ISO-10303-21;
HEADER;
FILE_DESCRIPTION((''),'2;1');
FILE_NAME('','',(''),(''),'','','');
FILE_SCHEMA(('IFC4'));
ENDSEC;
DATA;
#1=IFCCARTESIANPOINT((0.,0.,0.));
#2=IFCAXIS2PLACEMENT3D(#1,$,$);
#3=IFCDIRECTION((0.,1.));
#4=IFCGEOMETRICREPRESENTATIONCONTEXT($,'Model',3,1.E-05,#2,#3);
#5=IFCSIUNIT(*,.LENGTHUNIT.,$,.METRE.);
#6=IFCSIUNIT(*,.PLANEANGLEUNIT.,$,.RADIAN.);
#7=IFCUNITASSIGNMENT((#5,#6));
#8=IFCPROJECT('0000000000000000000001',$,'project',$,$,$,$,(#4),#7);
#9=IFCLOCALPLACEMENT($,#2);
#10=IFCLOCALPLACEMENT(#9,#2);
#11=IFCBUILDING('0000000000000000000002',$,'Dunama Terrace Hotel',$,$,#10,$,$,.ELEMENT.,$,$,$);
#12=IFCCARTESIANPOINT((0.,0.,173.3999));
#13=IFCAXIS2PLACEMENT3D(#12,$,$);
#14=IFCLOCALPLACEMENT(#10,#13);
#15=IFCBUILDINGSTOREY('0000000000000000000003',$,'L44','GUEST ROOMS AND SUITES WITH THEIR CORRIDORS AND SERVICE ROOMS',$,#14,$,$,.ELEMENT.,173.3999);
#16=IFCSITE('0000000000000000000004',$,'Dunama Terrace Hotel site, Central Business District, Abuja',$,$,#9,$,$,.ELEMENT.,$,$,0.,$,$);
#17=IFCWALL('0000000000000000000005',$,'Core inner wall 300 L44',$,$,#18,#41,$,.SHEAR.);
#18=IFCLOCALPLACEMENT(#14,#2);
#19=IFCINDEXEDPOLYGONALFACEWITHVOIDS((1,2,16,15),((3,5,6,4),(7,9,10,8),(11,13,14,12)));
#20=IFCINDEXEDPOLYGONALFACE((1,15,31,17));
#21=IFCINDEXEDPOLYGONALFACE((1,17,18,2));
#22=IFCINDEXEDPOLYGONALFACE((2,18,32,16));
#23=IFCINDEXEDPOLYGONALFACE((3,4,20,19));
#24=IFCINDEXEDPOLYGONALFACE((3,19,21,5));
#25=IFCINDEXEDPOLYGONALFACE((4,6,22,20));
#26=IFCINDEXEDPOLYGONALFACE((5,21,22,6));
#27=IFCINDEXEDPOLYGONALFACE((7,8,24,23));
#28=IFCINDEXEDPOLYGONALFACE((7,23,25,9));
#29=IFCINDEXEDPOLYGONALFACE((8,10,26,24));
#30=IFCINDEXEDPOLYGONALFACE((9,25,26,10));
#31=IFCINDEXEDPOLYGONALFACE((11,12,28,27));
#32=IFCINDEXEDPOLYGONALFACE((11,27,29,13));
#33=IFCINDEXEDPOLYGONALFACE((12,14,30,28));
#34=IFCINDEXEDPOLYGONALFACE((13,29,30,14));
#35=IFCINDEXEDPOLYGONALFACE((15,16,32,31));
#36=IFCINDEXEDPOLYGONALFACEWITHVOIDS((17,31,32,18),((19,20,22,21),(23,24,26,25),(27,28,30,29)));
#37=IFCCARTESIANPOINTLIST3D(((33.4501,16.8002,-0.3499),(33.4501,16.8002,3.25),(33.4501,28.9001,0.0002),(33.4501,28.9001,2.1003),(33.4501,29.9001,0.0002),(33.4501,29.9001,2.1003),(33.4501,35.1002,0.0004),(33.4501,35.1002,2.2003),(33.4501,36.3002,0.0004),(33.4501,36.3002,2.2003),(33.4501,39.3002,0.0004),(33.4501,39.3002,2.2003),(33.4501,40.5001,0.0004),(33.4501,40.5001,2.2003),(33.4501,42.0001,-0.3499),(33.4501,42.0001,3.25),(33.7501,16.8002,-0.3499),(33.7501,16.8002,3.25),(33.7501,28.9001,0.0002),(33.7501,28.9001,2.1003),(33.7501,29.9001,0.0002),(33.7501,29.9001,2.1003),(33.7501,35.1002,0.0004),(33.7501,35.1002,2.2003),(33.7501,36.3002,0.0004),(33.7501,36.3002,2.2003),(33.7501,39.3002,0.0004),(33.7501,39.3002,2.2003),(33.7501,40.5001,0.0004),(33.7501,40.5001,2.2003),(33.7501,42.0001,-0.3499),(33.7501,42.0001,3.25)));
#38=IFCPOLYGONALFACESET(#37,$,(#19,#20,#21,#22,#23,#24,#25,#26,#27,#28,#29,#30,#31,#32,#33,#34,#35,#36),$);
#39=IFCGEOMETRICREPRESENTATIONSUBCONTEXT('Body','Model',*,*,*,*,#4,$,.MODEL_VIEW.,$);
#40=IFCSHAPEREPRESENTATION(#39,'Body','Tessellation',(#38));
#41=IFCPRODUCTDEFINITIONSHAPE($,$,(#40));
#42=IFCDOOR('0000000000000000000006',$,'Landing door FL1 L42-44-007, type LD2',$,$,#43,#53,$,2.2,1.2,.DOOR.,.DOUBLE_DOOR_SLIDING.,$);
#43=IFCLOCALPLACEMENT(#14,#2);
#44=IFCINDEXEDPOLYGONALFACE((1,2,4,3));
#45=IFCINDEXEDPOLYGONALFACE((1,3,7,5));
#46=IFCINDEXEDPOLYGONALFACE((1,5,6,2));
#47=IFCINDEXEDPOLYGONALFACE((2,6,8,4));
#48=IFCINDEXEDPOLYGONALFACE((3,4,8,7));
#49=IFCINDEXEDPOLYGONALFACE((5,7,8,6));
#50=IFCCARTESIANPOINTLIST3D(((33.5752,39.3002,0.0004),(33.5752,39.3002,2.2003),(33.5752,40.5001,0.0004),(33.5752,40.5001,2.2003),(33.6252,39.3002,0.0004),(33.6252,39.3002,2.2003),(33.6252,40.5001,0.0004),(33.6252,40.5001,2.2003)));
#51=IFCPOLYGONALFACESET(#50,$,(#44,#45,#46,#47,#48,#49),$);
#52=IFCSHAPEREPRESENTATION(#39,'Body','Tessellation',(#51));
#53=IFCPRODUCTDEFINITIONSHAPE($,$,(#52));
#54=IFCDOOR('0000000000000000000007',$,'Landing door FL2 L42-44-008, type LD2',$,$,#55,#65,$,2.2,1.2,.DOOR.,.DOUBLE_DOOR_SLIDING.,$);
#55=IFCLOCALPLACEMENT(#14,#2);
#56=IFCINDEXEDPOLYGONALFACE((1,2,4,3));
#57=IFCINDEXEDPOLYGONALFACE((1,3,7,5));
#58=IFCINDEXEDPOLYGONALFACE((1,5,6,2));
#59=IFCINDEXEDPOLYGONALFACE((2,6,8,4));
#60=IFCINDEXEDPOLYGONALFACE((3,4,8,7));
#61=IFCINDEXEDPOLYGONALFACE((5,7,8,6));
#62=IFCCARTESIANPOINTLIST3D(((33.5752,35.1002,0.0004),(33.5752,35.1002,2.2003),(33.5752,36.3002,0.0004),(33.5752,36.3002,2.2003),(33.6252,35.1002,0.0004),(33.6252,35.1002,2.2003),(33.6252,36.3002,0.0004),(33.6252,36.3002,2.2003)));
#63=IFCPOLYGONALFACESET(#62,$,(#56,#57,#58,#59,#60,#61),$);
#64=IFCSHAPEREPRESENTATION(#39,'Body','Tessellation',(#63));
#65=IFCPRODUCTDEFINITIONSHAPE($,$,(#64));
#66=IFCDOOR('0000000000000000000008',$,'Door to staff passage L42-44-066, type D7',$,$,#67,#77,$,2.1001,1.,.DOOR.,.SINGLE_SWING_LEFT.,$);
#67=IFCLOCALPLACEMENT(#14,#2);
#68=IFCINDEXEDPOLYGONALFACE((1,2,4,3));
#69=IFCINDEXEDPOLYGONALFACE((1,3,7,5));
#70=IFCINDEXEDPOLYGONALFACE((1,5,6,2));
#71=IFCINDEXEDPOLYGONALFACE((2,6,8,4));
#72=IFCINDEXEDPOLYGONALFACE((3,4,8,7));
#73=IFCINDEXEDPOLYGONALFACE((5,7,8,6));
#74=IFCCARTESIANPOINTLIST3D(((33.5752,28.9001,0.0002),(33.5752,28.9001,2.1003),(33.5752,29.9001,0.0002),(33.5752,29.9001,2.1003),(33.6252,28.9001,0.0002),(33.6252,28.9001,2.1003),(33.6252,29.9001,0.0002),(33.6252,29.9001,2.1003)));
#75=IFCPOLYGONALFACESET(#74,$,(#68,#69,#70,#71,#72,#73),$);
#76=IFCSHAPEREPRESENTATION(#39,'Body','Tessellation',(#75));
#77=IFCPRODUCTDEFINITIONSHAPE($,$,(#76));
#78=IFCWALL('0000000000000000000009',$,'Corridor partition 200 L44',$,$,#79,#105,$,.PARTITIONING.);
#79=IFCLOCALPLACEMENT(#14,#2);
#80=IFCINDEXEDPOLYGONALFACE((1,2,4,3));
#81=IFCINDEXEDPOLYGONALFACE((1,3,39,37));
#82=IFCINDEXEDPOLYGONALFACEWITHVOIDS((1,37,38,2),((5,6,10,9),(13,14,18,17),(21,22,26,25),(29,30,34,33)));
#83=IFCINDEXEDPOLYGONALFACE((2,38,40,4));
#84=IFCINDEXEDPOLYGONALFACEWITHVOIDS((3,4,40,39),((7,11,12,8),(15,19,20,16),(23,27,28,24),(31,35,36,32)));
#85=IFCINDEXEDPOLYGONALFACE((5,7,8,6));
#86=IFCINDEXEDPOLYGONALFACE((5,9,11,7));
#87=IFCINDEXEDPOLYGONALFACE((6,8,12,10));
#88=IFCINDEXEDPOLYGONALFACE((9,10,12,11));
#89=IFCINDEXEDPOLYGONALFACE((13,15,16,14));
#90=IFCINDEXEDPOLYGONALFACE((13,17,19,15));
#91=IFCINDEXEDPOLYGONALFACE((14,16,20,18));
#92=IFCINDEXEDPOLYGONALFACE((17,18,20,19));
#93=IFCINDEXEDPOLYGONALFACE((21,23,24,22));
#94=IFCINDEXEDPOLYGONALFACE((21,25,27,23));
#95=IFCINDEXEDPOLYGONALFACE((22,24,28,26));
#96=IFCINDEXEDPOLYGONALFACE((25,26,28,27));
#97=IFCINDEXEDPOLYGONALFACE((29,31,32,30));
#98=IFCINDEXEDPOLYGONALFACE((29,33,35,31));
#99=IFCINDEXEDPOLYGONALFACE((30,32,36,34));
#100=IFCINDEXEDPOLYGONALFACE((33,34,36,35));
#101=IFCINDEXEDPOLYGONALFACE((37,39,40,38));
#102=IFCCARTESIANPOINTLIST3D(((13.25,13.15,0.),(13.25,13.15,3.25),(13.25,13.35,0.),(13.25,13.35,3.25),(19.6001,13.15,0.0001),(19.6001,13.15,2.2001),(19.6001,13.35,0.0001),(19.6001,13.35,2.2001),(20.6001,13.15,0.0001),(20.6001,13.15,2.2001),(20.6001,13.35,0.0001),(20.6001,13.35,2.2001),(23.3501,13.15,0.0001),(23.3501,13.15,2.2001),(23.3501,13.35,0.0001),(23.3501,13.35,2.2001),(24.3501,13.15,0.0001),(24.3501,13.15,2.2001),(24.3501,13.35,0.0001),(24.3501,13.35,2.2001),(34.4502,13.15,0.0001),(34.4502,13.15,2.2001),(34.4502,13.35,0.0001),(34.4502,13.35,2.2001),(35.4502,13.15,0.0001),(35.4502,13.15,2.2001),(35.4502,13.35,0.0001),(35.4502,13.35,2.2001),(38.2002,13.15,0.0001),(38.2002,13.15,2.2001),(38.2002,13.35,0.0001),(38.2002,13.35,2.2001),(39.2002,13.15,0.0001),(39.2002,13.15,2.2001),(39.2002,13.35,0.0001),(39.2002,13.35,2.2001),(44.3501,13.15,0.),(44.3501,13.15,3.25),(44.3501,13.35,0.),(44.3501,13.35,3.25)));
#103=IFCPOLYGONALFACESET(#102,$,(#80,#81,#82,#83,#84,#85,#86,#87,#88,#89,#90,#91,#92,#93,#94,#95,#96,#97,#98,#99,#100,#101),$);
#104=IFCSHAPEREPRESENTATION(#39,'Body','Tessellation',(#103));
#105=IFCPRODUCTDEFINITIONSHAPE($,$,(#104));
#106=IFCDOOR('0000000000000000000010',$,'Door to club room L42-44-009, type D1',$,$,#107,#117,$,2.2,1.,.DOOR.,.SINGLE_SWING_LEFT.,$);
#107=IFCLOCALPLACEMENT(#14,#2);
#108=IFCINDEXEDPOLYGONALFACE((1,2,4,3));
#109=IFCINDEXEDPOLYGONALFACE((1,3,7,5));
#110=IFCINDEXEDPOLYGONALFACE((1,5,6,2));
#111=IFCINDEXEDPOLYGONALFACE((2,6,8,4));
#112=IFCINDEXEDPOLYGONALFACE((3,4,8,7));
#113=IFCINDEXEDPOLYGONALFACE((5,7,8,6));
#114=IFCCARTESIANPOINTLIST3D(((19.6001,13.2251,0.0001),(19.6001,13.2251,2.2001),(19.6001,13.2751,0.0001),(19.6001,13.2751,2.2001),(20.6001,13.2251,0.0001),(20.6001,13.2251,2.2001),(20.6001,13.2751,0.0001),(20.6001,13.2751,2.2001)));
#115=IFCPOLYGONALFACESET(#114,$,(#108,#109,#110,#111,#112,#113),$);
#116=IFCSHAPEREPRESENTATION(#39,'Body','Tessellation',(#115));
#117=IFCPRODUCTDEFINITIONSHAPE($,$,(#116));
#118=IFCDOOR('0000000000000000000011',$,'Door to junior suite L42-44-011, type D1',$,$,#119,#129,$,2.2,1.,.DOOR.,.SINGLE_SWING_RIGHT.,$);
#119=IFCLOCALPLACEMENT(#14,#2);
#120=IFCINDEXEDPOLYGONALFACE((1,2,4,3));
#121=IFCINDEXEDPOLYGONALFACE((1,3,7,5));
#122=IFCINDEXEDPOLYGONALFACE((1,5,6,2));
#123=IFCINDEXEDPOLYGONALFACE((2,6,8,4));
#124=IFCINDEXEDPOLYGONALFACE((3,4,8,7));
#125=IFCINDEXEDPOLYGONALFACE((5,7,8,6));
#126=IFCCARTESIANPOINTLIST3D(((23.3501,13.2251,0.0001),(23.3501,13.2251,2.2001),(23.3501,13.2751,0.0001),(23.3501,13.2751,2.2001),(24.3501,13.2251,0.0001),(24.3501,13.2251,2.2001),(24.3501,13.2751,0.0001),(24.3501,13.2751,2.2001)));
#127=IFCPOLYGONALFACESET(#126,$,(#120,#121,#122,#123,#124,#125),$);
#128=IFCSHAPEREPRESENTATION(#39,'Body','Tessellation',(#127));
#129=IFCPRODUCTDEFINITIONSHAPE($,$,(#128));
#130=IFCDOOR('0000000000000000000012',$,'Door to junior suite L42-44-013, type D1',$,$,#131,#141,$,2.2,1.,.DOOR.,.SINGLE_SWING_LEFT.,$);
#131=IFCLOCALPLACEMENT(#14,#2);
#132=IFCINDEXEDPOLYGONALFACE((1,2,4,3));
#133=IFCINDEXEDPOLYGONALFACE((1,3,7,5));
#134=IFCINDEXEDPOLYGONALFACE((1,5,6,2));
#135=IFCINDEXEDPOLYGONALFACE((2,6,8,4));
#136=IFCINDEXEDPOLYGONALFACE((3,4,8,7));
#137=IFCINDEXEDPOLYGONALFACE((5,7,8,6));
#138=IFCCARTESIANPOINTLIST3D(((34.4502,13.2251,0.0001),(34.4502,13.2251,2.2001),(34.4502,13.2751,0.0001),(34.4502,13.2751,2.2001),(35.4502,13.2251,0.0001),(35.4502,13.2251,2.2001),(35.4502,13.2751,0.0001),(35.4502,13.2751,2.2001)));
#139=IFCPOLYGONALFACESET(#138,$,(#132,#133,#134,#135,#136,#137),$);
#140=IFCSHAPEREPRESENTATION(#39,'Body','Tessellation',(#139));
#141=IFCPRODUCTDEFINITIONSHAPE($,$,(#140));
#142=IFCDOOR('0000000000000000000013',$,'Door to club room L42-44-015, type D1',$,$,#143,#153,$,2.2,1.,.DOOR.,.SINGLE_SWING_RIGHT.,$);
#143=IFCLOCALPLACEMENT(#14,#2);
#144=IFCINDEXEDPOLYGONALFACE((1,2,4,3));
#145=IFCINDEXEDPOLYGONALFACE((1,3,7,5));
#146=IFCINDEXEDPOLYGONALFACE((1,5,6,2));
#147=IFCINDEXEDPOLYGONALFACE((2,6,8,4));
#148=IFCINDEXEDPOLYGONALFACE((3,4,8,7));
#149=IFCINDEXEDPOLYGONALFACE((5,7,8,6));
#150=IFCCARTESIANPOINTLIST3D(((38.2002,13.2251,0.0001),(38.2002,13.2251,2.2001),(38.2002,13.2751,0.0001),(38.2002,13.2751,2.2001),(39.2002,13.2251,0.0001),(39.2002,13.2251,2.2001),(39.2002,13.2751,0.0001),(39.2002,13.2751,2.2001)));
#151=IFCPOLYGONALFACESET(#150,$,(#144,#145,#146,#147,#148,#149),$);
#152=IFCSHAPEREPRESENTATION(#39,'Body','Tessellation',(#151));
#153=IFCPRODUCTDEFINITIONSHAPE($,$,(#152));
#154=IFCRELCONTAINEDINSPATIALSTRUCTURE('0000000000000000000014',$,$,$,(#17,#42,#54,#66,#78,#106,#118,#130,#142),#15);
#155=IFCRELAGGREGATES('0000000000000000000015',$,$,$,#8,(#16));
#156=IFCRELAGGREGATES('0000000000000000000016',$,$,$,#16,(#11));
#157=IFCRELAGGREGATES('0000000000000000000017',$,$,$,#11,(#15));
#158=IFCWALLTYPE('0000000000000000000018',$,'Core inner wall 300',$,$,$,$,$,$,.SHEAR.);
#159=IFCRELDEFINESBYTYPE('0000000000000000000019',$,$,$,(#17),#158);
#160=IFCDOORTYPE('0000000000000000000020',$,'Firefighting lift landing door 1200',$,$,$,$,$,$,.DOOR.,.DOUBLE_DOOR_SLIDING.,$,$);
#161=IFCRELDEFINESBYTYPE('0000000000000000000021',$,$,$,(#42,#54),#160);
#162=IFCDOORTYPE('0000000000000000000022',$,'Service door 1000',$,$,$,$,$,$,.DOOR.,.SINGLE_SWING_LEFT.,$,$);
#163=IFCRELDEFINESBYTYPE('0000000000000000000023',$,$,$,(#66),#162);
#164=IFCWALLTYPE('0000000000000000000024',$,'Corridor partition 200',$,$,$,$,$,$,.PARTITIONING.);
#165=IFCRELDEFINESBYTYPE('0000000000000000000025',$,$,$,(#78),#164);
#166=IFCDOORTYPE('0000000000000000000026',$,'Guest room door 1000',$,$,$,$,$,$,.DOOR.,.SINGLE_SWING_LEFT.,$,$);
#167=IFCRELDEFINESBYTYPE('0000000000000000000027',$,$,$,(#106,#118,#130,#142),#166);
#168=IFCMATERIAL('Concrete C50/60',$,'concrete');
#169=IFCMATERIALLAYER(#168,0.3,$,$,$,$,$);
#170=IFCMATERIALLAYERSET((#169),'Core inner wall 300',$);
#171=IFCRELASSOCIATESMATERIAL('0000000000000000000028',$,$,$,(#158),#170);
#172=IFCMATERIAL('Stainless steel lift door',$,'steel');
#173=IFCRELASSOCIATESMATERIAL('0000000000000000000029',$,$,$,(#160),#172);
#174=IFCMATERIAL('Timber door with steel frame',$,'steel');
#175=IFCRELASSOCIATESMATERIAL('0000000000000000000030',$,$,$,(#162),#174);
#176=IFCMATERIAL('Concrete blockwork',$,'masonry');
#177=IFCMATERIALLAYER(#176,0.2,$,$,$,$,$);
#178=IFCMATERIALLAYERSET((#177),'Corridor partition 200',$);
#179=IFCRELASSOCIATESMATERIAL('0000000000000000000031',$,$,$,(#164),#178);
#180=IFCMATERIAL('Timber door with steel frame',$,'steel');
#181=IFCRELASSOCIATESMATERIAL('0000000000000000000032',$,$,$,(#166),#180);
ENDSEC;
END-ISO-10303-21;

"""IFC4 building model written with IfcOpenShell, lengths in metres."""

from ifc_helpers import new_model, si_unit, direction, frame, frame_2d, origin, place, context, subcontext, project, spatial, rectangle, extrude, material, layer, layer_set, type_object, element, fill, save


model = new_model("IFC4")

# Units and contexts
model_context = context("Model", 3, precision=1e-05, world=origin(), true_north=direction((0.0, 1.0)))
body_context = subcontext(model_context, "Body", "Model", "MODEL_VIEW")
ifc_project = project(units=[si_unit("LENGTHUNIT", "METRE"), si_unit("PLANEANGLEUNIT", "RADIAN")], contexts=[model_context])

# Site, building, storey
site_placement = place(None, origin())
site = spatial("IfcSite", under=ifc_project, at=site_placement, Name="Dunama Terrace Hotel site, Central Business District, Abuja", CompositionType="ELEMENT", RefElevation=0.0)
building_placement = place(site_placement, origin())
building = spatial("IfcBuilding", under=site, at=building_placement, Name="Dunama Terrace Hotel", CompositionType="ELEMENT")
storey_placement = place(building_placement, frame((0.0, 0.0, 173.3999)))
storey = spatial("IfcBuildingStorey", under=building, at=storey_placement, Name="L44", Description="GUEST ROOMS AND SUITES WITH THEIR CORRIDORS AND SERVICE ROOMS", CompositionType="ELEMENT", Elevation=173.3999)

# Walls, openings, doors
ifc_material_1 = material(Name="Concrete C50/60", Category="concrete")
ifc_layer_1 = layer(ifc_material_1, 0.3)
ifc_layer_set_1 = layer_set([ifc_layer_1], Name="Core inner wall 300")
wall_type_1 = type_object("IfcWallType", Name="Core inner wall 300", PredefinedType="SHEAR", material=ifc_layer_set_1)
wall_1_placement = place(storey_placement, frame((33.6001, 16.8, -0.3499), z_axis=(0.0, 0.0, 1.0), x_axis=(0.0, 1.0, 0.0)))
wall_1 = element("IfcWall", 1, at=wall_1_placement, inside=storey, type_object=wall_type_1, Name="Core inner wall 300 L44", PredefinedType="SHEAR", context=body_context, shape_type="SweptSolid", body=[
    extrude(rectangle(XDim=25.2, YDim=0.3, at=frame_2d((12.6001, 0.0))), origin(), (0.0, 0.0, 1.0), 3.5999),
])
opening_1_placement = place(wall_1_placement, frame((22.5, 0.0, 0.3501)))
opening_1 = element("IfcOpeningElement", 2, at=opening_1_placement, cuts=wall_1, PredefinedType="OPENING", context=body_context, shape_type="SweptSolid", body=[
    extrude(rectangle(XDim=1.2, YDim=2.2, at=frame_2d((0.6001, 1.1001))), frame((0.0, 0.1599, 0.0), z_axis=(0.0, -1.0, 0.0), x_axis=(1.0, 0.0, 0.0)), (0.0, 0.0, 1.0), 0.3201),
])
opening_2_placement = place(wall_1_placement, frame((18.3, 0.0, 0.3501)))
opening_2 = element("IfcOpeningElement", 3, at=opening_2_placement, cuts=wall_1, PredefinedType="OPENING", context=body_context, shape_type="SweptSolid", body=[
    extrude(rectangle(XDim=1.2, YDim=2.2, at=frame_2d((0.6001, 1.1001))), frame((0.0, 0.1599, 0.0), z_axis=(0.0, -1.0, 0.0), x_axis=(1.0, 0.0, 0.0)), (0.0, 0.0, 1.0), 0.3201),
])
opening_3_placement = place(wall_1_placement, frame((12.1001, 0.0, 0.3501)))
opening_3 = element("IfcOpeningElement", 4, at=opening_3_placement, cuts=wall_1, PredefinedType="OPENING", context=body_context, shape_type="SweptSolid", body=[
    extrude(rectangle(XDim=1.0, YDim=2.1001, at=frame_2d((0.5, 1.05))), frame((0.0, 0.1599, 0.0), z_axis=(0.0, -1.0, 0.0), x_axis=(1.0, 0.0, 0.0)), (0.0, 0.0, 1.0), 0.3201),
])
ifc_material_2 = material(Name="Stainless steel lift door", Category="steel")
door_type_1 = type_object("IfcDoorType", Name="Firefighting lift landing door 1200", OperationType="DOUBLE_DOOR_SLIDING", PredefinedType="DOOR", material=ifc_material_2)
door_1_placement = place(opening_1_placement, origin())
door_1 = element("IfcDoor", 5, at=door_1_placement, inside=storey, type_object=door_type_1, Name="Landing door FL1 L42-44-007, type LD2", OperationType="DOUBLE_DOOR_SLIDING", OverallHeight=2.2, OverallWidth=1.2, PredefinedType="DOOR", context=body_context, shape_type="SweptSolid", body=[
    extrude(rectangle(XDim=1.2, YDim=2.2, at=frame_2d((0.6001, 1.1001))), frame((0.0, 0.0249, 0.0), z_axis=(0.0, -1.0, 0.0), x_axis=(1.0, 0.0, 0.0)), (0.0, 0.0, 1.0), 0.05),
])
fill(opening_1, door_1)
door_2_placement = place(opening_2_placement, origin())
door_2 = element("IfcDoor", 6, at=door_2_placement, inside=storey, type_object=door_type_1, Name="Landing door FL2 L42-44-008, type LD2", OperationType="DOUBLE_DOOR_SLIDING", OverallHeight=2.2, OverallWidth=1.2, PredefinedType="DOOR", context=body_context, shape_type="SweptSolid", body=[
    extrude(rectangle(XDim=1.2, YDim=2.2, at=frame_2d((0.6001, 1.1001))), frame((0.0, 0.0249, 0.0), z_axis=(0.0, -1.0, 0.0), x_axis=(1.0, 0.0, 0.0)), (0.0, 0.0, 1.0), 0.05),
])
fill(opening_2, door_2)
ifc_material_3 = material(Name="Timber door with steel frame", Category="steel")
door_type_2 = type_object("IfcDoorType", Name="Service door 1000", OperationType="SINGLE_SWING_LEFT", PredefinedType="DOOR", material=ifc_material_3)
door_3_placement = place(opening_3_placement, origin())
door_3 = element("IfcDoor", 7, at=door_3_placement, inside=storey, type_object=door_type_2, Name="Door to staff passage L42-44-066, type D7", OperationType="SINGLE_SWING_LEFT", OverallHeight=2.1001, OverallWidth=1.0, PredefinedType="DOOR", context=body_context, shape_type="SweptSolid", body=[
    extrude(rectangle(XDim=1.0, YDim=2.1001, at=frame_2d((0.5, 1.05))), frame((0.0, 0.0249, 0.0), z_axis=(0.0, -1.0, 0.0), x_axis=(1.0, 0.0, 0.0)), (0.0, 0.0, 1.0), 0.05),
])
fill(opening_3, door_3)
ifc_material_4 = material(Name="Concrete blockwork", Category="masonry")
ifc_layer_2 = layer(ifc_material_4, 0.2)
ifc_layer_set_2 = layer_set([ifc_layer_2], Name="Corridor partition 200")
wall_type_2 = type_object("IfcWallType", Name="Corridor partition 200", PredefinedType="PARTITIONING", material=ifc_layer_set_2)
wall_2_placement = place(storey_placement, frame((44.3501, 13.25, 0.0), z_axis=(0.0, 0.0, 1.0), x_axis=(-1.0, 0.0, 0.0)))
wall_2 = element("IfcWall", 8, at=wall_2_placement, inside=storey, type_object=wall_type_2, Name="Corridor partition 200 L44", PredefinedType="PARTITIONING", context=body_context, shape_type="SweptSolid", body=[
    extrude(rectangle(XDim=31.1001, YDim=0.2, at=frame_2d((15.55, 0.0))), origin(), (0.0, 0.0, 1.0), 3.25),
])
opening_4_placement = place(wall_2_placement, frame((23.75, 0.0, 0.0)))
opening_4 = element("IfcOpeningElement", 9, at=opening_4_placement, cuts=wall_2, PredefinedType="OPENING", context=body_context, shape_type="SweptSolid", body=[
    extrude(rectangle(XDim=1.0, YDim=2.2, at=frame_2d((0.5, 1.1001))), frame((0.0, 0.1099, 0.0), z_axis=(0.0, -1.0, 0.0), x_axis=(1.0, 0.0, 0.0)), (0.0, 0.0, 1.0), 0.22),
])
opening_5_placement = place(wall_2_placement, frame((20.0, 0.0, 0.0)))
opening_5 = element("IfcOpeningElement", 10, at=opening_5_placement, cuts=wall_2, PredefinedType="OPENING", context=body_context, shape_type="SweptSolid", body=[
    extrude(rectangle(XDim=1.0, YDim=2.2, at=frame_2d((0.5, 1.1001))), frame((0.0, 0.1099, 0.0), z_axis=(0.0, -1.0, 0.0), x_axis=(1.0, 0.0, 0.0)), (0.0, 0.0, 1.0), 0.22),
])
opening_6_placement = place(wall_2_placement, frame((8.8999, 0.0, 0.0)))
opening_6 = element("IfcOpeningElement", 11, at=opening_6_placement, cuts=wall_2, PredefinedType="OPENING", context=body_context, shape_type="SweptSolid", body=[
    extrude(rectangle(XDim=1.0, YDim=2.2, at=frame_2d((0.5, 1.1001))), frame((0.0, 0.1099, 0.0), z_axis=(0.0, -1.0, 0.0), x_axis=(1.0, 0.0, 0.0)), (0.0, 0.0, 1.0), 0.22),
])
opening_7_placement = place(wall_2_placement, frame((5.1499, 0.0, 0.0)))
opening_7 = element("IfcOpeningElement", 12, at=opening_7_placement, cuts=wall_2, PredefinedType="OPENING", context=body_context, shape_type="SweptSolid", body=[
    extrude(rectangle(XDim=1.0, YDim=2.2, at=frame_2d((0.5, 1.1001))), frame((0.0, 0.1099, 0.0), z_axis=(0.0, -1.0, 0.0), x_axis=(1.0, 0.0, 0.0)), (0.0, 0.0, 1.0), 0.22),
])
ifc_material_5 = material(Name="Timber door with steel frame", Category="steel")
door_type_3 = type_object("IfcDoorType", Name="Guest room door 1000", OperationType="SINGLE_SWING_LEFT", PredefinedType="DOOR", material=ifc_material_5)
door_4_placement = place(opening_4_placement, origin())
door_4 = element("IfcDoor", 13, at=door_4_placement, inside=storey, type_object=door_type_3, Name="Door to club room L42-44-009, type D1", OperationType="SINGLE_SWING_LEFT", OverallHeight=2.2, OverallWidth=1.0, PredefinedType="DOOR", context=body_context, shape_type="SweptSolid", body=[
    extrude(rectangle(XDim=1.0, YDim=2.2, at=frame_2d((0.5, 1.1001))), frame((0.0, 0.0249, 0.0), z_axis=(0.0, -1.0, 0.0), x_axis=(1.0, 0.0, 0.0)), (0.0, 0.0, 1.0), 0.05),
])
fill(opening_4, door_4)
door_5_placement = place(opening_5_placement, origin())
door_5 = element("IfcDoor", 14, at=door_5_placement, inside=storey, type_object=door_type_3, Name="Door to junior suite L42-44-011, type D1", OperationType="SINGLE_SWING_RIGHT", OverallHeight=2.2, OverallWidth=1.0, PredefinedType="DOOR", context=body_context, shape_type="SweptSolid", body=[
    extrude(rectangle(XDim=1.0, YDim=2.2, at=frame_2d((0.5, 1.1001))), frame((0.0, 0.0249, 0.0), z_axis=(0.0, -1.0, 0.0), x_axis=(1.0, 0.0, 0.0)), (0.0, 0.0, 1.0), 0.05),
])
fill(opening_5, door_5)
door_6_placement = place(opening_6_placement, origin())
door_6 = element("IfcDoor", 15, at=door_6_placement, inside=storey, type_object=door_type_3, Name="Door to junior suite L42-44-013, type D1", OperationType="SINGLE_SWING_LEFT", OverallHeight=2.2, OverallWidth=1.0, PredefinedType="DOOR", context=body_context, shape_type="SweptSolid", body=[
    extrude(rectangle(XDim=1.0, YDim=2.2, at=frame_2d((0.5, 1.1001))), frame((0.0, 0.0249, 0.0), z_axis=(0.0, -1.0, 0.0), x_axis=(1.0, 0.0, 0.0)), (0.0, 0.0, 1.0), 0.05),
])
fill(opening_6, door_6)
door_7_placement = place(opening_7_placement, origin())
door_7 = element("IfcDoor", 16, at=door_7_placement, inside=storey, type_object=door_type_3, Name="Door to club room L42-44-015, type D1", OperationType="SINGLE_SWING_RIGHT", OverallHeight=2.2, OverallWidth=1.0, PredefinedType="DOOR", context=body_context, shape_type="SweptSolid", body=[
    extrude(rectangle(XDim=1.0, YDim=2.2, at=frame_2d((0.5, 1.1001))), frame((0.0, 0.0249, 0.0), z_axis=(0.0, -1.0, 0.0), x_axis=(1.0, 0.0, 0.0)), (0.0, 0.0, 1.0), 0.05),
])
fill(opening_7, door_7)

save(model, "model.ifc")
